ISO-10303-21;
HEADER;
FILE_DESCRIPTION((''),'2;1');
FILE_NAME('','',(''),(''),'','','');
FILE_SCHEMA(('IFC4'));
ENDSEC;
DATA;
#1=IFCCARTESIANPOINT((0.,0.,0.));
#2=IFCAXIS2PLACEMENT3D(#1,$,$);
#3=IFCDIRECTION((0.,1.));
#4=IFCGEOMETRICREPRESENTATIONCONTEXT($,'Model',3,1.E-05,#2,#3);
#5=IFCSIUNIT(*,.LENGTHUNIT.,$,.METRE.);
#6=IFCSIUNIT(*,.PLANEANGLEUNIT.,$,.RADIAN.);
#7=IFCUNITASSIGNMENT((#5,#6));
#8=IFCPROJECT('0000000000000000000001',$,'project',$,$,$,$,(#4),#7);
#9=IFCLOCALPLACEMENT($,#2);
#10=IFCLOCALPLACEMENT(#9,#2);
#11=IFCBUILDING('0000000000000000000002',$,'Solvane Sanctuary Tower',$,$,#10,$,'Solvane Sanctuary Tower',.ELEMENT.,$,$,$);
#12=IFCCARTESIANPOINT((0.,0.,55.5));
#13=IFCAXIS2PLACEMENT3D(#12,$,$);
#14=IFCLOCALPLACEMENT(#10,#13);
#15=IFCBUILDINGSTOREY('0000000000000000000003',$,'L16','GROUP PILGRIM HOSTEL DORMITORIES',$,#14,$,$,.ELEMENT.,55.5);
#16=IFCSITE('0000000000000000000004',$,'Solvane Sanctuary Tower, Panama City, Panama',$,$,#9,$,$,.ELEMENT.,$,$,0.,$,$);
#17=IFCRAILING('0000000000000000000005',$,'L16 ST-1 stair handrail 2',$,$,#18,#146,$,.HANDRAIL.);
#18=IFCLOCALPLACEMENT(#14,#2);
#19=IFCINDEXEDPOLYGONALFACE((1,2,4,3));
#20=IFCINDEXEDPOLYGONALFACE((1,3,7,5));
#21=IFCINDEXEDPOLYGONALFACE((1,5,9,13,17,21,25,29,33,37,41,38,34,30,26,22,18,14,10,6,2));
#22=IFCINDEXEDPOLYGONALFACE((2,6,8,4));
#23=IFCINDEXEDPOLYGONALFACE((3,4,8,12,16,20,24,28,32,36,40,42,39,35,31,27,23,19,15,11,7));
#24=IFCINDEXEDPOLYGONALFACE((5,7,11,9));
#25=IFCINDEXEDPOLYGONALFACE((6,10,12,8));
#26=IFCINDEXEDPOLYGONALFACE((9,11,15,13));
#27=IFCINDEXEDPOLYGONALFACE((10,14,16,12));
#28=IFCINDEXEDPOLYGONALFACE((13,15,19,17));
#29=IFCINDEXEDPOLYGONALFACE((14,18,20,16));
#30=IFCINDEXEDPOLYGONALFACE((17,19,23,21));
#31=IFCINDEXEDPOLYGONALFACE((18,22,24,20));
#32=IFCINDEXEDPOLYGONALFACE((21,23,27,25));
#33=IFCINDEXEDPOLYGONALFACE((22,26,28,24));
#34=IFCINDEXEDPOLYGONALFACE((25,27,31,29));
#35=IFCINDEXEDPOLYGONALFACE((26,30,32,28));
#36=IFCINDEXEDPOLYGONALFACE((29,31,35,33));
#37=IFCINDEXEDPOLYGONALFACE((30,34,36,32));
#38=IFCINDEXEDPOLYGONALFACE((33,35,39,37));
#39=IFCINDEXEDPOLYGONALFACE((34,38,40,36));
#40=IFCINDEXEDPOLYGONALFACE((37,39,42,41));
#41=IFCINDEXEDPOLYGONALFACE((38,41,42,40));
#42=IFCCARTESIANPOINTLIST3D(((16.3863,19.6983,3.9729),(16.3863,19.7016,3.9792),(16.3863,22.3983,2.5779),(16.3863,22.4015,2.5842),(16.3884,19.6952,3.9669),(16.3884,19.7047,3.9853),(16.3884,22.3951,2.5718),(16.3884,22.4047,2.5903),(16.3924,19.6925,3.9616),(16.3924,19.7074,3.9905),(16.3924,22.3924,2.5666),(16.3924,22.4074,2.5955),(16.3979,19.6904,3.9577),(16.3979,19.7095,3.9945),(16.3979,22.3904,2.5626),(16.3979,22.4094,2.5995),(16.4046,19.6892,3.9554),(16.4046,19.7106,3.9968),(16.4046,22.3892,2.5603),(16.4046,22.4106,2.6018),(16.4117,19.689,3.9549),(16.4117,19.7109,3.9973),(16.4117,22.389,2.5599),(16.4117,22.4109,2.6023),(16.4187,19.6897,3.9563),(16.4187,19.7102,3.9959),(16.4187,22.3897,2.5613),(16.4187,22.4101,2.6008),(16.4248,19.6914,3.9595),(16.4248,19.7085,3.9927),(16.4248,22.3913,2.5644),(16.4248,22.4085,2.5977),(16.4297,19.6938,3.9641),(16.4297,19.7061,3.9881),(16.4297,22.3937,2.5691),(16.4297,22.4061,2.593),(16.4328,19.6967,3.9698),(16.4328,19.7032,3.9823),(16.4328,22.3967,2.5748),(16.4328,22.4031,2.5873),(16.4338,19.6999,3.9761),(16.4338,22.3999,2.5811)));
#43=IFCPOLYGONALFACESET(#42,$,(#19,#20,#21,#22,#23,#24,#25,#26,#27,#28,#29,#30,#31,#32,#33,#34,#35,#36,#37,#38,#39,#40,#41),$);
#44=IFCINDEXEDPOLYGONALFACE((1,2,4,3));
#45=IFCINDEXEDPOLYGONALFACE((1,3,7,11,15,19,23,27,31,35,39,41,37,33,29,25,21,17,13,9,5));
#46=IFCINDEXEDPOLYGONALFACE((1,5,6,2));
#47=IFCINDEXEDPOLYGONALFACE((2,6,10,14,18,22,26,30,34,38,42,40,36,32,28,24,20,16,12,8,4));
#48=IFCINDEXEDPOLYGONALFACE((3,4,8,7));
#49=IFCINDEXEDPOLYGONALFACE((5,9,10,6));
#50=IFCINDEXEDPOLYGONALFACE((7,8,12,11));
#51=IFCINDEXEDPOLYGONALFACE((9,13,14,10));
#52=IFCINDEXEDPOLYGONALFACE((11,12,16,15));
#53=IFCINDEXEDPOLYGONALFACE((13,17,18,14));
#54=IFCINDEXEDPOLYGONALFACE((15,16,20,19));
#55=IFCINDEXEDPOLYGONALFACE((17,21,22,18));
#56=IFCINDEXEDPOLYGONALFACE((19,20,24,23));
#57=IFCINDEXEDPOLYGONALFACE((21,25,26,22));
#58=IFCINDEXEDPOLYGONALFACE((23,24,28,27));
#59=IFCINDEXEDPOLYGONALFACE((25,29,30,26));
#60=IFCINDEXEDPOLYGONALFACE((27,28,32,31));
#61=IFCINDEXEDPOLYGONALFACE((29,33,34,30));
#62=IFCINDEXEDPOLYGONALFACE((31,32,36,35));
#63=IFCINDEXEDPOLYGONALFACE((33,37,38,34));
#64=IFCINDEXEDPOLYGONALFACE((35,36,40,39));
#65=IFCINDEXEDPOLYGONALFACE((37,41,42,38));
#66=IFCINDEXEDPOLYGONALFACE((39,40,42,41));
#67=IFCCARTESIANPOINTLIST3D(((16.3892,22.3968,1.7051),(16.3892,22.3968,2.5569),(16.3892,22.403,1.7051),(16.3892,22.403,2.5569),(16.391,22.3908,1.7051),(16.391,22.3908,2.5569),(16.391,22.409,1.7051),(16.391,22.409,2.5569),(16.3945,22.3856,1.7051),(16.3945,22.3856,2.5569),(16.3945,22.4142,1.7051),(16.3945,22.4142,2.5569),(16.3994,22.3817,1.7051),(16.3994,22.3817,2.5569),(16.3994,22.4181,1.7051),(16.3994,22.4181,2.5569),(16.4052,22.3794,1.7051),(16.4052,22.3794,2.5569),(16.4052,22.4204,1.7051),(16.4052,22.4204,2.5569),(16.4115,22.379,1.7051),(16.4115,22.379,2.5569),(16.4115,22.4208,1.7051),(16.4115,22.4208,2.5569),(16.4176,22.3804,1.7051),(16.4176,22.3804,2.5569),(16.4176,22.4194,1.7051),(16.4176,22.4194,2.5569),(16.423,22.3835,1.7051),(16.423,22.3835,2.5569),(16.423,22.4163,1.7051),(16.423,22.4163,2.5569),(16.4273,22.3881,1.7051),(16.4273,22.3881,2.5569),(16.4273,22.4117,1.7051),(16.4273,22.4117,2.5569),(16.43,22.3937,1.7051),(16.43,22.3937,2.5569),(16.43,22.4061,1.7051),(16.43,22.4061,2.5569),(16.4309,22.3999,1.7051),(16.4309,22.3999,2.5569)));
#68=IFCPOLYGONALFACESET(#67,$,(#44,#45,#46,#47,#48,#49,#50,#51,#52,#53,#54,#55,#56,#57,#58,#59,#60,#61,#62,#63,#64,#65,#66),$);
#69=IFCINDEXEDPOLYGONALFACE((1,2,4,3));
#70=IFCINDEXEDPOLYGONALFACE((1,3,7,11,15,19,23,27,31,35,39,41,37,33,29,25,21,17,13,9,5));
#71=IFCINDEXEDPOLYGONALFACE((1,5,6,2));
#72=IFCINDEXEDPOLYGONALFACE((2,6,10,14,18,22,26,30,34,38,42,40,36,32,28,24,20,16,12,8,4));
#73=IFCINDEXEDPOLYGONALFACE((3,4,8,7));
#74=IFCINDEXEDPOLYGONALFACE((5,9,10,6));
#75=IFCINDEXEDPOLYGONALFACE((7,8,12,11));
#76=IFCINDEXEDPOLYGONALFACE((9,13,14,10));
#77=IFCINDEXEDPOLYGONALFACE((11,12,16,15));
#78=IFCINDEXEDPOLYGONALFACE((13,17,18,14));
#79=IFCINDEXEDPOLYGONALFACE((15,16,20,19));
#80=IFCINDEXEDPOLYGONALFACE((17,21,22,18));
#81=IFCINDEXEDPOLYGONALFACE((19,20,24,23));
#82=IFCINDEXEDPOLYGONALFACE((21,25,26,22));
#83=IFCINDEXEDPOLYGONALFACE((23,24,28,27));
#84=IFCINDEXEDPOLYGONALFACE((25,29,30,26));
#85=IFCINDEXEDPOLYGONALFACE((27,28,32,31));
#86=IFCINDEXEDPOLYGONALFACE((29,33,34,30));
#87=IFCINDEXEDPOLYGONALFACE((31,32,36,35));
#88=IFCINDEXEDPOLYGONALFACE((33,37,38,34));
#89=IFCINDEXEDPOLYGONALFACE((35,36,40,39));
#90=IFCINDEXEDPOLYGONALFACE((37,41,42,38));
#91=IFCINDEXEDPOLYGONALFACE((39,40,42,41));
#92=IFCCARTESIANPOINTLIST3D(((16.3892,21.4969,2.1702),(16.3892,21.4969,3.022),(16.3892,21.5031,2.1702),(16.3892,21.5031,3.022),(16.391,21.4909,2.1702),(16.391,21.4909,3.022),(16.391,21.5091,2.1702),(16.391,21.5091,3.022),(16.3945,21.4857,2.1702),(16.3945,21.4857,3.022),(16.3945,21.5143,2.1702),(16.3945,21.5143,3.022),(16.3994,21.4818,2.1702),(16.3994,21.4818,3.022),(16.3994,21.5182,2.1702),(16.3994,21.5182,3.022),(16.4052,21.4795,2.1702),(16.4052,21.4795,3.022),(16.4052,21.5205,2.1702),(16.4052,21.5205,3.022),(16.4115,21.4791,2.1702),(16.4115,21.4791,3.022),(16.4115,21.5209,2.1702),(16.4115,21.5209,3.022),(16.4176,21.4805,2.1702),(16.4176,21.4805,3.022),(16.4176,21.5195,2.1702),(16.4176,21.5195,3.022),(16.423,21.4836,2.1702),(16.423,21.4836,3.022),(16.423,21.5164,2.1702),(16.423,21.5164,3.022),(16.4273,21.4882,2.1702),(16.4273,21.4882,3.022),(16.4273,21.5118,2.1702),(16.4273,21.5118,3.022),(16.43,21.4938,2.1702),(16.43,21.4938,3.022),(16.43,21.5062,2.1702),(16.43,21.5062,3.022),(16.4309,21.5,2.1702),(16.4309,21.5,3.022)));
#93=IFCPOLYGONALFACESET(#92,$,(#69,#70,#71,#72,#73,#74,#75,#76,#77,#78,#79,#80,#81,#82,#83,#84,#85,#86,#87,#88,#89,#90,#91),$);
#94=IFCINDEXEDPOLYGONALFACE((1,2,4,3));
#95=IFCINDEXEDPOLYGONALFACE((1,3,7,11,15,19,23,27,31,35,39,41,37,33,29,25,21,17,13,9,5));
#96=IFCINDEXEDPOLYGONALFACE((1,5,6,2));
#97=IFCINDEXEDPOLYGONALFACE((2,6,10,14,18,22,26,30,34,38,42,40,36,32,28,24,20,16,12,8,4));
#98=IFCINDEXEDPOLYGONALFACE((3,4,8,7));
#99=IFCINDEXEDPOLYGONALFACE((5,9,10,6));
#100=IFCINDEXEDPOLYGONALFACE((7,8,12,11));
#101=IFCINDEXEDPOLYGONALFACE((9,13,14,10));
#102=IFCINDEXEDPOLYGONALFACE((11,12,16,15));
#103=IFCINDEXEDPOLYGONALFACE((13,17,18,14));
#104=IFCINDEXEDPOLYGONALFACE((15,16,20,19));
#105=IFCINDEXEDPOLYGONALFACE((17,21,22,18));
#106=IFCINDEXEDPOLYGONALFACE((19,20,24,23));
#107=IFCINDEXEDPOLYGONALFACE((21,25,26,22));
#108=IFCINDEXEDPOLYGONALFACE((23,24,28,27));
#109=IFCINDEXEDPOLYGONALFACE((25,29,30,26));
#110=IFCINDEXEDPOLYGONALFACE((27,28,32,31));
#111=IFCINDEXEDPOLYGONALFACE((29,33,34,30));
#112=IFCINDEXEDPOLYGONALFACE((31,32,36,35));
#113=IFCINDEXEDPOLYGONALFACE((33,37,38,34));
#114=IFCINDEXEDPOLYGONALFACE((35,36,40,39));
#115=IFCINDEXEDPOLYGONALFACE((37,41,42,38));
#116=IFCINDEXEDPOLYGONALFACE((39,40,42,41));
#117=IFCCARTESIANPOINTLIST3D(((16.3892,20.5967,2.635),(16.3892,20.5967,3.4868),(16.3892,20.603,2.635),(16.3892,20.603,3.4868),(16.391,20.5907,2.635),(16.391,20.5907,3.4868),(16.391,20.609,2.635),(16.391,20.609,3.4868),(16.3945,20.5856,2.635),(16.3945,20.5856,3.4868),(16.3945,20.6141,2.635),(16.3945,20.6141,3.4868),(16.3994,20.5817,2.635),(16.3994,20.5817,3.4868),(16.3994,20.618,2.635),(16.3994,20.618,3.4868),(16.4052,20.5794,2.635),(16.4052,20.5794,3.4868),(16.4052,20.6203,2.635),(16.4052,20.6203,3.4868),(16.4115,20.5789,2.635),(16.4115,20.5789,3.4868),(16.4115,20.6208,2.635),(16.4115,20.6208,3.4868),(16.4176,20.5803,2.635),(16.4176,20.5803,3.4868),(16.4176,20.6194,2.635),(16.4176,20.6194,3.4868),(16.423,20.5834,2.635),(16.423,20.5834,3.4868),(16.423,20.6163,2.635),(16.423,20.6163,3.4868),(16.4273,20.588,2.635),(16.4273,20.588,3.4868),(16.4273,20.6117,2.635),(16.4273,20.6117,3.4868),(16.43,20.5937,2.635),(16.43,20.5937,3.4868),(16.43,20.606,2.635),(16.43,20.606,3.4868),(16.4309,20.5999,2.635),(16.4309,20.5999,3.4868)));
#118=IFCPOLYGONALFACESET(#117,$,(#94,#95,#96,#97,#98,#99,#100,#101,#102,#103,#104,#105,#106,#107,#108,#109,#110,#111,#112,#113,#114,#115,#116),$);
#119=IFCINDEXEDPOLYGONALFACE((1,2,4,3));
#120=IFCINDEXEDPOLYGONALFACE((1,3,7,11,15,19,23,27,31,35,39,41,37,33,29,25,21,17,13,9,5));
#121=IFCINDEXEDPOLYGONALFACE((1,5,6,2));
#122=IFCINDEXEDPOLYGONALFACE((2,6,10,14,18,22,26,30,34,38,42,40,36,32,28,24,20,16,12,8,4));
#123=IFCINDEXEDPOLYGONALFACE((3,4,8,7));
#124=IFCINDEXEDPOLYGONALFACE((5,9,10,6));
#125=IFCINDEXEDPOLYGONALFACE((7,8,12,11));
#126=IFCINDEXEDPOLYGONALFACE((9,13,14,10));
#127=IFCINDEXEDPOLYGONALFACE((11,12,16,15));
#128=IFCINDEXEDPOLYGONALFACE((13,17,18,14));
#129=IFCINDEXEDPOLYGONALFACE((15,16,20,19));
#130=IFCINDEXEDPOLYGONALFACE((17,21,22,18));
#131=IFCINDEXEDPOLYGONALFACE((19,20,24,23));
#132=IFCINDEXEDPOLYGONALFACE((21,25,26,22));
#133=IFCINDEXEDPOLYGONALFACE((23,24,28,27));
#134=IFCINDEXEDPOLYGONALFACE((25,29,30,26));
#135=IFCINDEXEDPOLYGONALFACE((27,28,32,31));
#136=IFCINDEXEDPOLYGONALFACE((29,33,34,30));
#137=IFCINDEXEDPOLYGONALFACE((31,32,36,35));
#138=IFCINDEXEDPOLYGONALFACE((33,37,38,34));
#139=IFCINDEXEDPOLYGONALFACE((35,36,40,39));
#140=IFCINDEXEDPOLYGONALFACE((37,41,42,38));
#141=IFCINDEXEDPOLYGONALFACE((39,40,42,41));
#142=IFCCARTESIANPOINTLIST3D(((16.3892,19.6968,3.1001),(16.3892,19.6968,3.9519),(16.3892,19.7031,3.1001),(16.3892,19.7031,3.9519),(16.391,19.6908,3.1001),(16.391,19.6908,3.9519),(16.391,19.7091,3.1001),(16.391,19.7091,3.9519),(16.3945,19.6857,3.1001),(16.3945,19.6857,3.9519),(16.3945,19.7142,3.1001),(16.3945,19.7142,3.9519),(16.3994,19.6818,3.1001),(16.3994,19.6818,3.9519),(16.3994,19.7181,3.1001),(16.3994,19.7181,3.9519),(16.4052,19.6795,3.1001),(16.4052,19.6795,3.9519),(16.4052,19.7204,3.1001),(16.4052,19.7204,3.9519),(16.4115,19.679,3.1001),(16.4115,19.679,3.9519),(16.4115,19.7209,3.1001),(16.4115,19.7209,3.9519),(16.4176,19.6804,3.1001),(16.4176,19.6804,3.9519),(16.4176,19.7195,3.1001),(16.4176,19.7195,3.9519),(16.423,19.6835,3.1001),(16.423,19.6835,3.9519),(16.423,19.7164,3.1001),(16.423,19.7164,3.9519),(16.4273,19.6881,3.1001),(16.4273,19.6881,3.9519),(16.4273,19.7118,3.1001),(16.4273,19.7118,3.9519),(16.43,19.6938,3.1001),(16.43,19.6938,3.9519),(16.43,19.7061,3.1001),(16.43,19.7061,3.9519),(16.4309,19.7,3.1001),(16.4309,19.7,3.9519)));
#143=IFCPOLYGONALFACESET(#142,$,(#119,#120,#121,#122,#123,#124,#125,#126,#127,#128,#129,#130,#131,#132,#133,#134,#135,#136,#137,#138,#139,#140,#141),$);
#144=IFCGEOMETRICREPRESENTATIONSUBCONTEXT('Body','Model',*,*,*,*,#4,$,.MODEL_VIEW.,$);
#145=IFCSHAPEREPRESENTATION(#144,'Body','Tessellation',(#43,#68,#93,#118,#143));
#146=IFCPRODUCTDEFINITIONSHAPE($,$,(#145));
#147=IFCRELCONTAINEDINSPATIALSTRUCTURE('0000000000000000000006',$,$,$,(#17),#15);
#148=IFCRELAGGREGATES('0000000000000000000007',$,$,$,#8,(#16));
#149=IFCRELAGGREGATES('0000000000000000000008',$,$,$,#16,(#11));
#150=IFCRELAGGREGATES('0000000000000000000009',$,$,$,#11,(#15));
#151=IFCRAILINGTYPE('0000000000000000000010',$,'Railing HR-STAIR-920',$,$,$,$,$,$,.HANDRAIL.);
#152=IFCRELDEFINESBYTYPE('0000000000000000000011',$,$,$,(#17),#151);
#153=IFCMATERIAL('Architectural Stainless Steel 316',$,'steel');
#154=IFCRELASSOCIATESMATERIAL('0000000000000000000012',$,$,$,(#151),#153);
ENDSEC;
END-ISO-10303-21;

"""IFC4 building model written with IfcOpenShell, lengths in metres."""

from ifc_helpers import new_model, si_unit, direction, frame, origin, origin_2d, place, context, subcontext, project, spatial, circle, extrude, material, type_object, element, save


model = new_model("IFC4")

# Units and contexts
model_context = context("Model", 3, precision=1e-05, world=origin(), true_north=direction((0.0, 1.0)))
body_context = subcontext(model_context, "Body", "Model", "MODEL_VIEW")
ifc_project = project(units=[si_unit("LENGTHUNIT", "METRE"), si_unit("PLANEANGLEUNIT", "RADIAN")], contexts=[model_context])

# Site, building, storey
site_placement = place(None, origin())
site = spatial("IfcSite", under=ifc_project, at=site_placement, Name="Solvane Sanctuary Tower, Panama City, Panama", CompositionType="ELEMENT", RefElevation=0.0)
building_placement = place(site_placement, origin())
building = spatial("IfcBuilding", under=site, at=building_placement, Name="Solvane Sanctuary Tower", LongName="Solvane Sanctuary Tower", CompositionType="ELEMENT")
storey_placement = place(building_placement, frame((0.0, 0.0, 55.5)))
storey = spatial("IfcBuildingStorey", under=building, at=storey_placement, Name="L16", Description="GROUP PILGRIM HOSTEL DORMITORIES", CompositionType="ELEMENT", Elevation=55.5)

# Railing
ifc_material_1 = material(Name="Architectural Stainless Steel 316", Category="steel")
railing_type_1 = type_object("IfcRailingType", Name="Railing HR-STAIR-920", PredefinedType="HANDRAIL", material=ifc_material_1)
railing_1_placement = place(storey_placement, frame((16.4099, 22.3999, 1.7051)))
element("IfcRailing", 1, at=railing_1_placement, inside=storey, type_object=railing_type_1, Name="L16 ST-1 stair handrail 2", PredefinedType="HANDRAIL", context=body_context, shape_type="SweptSolid", body=[
    extrude(circle(Radius=0.0239, at=origin_2d()), frame((0.0, 0.0, 0.876), z_axis=(0.0, -0.88842, 0.459032), x_axis=(1.0, 0.0, 0.0)), (0.0, 0.0, 1.0), 3.0391),
    extrude(circle(Radius=0.021, at=origin_2d()), origin(), (0.0, 0.0, 1.0), 0.8518),
    extrude(circle(Radius=0.021, at=origin_2d()), frame((0.0, -0.8999, 0.4651)), (0.0, 0.0, 1.0), 0.8518),
    extrude(circle(Radius=0.021, at=origin_2d()), frame((0.0, -1.8, 0.9299)), (0.0, 0.0, 1.0), 0.8518),
    extrude(circle(Radius=0.021, at=origin_2d()), frame((0.0, -2.7, 1.395)), (0.0, 0.0, 1.0), 0.8518),
])

save(model, "model.ifc")
